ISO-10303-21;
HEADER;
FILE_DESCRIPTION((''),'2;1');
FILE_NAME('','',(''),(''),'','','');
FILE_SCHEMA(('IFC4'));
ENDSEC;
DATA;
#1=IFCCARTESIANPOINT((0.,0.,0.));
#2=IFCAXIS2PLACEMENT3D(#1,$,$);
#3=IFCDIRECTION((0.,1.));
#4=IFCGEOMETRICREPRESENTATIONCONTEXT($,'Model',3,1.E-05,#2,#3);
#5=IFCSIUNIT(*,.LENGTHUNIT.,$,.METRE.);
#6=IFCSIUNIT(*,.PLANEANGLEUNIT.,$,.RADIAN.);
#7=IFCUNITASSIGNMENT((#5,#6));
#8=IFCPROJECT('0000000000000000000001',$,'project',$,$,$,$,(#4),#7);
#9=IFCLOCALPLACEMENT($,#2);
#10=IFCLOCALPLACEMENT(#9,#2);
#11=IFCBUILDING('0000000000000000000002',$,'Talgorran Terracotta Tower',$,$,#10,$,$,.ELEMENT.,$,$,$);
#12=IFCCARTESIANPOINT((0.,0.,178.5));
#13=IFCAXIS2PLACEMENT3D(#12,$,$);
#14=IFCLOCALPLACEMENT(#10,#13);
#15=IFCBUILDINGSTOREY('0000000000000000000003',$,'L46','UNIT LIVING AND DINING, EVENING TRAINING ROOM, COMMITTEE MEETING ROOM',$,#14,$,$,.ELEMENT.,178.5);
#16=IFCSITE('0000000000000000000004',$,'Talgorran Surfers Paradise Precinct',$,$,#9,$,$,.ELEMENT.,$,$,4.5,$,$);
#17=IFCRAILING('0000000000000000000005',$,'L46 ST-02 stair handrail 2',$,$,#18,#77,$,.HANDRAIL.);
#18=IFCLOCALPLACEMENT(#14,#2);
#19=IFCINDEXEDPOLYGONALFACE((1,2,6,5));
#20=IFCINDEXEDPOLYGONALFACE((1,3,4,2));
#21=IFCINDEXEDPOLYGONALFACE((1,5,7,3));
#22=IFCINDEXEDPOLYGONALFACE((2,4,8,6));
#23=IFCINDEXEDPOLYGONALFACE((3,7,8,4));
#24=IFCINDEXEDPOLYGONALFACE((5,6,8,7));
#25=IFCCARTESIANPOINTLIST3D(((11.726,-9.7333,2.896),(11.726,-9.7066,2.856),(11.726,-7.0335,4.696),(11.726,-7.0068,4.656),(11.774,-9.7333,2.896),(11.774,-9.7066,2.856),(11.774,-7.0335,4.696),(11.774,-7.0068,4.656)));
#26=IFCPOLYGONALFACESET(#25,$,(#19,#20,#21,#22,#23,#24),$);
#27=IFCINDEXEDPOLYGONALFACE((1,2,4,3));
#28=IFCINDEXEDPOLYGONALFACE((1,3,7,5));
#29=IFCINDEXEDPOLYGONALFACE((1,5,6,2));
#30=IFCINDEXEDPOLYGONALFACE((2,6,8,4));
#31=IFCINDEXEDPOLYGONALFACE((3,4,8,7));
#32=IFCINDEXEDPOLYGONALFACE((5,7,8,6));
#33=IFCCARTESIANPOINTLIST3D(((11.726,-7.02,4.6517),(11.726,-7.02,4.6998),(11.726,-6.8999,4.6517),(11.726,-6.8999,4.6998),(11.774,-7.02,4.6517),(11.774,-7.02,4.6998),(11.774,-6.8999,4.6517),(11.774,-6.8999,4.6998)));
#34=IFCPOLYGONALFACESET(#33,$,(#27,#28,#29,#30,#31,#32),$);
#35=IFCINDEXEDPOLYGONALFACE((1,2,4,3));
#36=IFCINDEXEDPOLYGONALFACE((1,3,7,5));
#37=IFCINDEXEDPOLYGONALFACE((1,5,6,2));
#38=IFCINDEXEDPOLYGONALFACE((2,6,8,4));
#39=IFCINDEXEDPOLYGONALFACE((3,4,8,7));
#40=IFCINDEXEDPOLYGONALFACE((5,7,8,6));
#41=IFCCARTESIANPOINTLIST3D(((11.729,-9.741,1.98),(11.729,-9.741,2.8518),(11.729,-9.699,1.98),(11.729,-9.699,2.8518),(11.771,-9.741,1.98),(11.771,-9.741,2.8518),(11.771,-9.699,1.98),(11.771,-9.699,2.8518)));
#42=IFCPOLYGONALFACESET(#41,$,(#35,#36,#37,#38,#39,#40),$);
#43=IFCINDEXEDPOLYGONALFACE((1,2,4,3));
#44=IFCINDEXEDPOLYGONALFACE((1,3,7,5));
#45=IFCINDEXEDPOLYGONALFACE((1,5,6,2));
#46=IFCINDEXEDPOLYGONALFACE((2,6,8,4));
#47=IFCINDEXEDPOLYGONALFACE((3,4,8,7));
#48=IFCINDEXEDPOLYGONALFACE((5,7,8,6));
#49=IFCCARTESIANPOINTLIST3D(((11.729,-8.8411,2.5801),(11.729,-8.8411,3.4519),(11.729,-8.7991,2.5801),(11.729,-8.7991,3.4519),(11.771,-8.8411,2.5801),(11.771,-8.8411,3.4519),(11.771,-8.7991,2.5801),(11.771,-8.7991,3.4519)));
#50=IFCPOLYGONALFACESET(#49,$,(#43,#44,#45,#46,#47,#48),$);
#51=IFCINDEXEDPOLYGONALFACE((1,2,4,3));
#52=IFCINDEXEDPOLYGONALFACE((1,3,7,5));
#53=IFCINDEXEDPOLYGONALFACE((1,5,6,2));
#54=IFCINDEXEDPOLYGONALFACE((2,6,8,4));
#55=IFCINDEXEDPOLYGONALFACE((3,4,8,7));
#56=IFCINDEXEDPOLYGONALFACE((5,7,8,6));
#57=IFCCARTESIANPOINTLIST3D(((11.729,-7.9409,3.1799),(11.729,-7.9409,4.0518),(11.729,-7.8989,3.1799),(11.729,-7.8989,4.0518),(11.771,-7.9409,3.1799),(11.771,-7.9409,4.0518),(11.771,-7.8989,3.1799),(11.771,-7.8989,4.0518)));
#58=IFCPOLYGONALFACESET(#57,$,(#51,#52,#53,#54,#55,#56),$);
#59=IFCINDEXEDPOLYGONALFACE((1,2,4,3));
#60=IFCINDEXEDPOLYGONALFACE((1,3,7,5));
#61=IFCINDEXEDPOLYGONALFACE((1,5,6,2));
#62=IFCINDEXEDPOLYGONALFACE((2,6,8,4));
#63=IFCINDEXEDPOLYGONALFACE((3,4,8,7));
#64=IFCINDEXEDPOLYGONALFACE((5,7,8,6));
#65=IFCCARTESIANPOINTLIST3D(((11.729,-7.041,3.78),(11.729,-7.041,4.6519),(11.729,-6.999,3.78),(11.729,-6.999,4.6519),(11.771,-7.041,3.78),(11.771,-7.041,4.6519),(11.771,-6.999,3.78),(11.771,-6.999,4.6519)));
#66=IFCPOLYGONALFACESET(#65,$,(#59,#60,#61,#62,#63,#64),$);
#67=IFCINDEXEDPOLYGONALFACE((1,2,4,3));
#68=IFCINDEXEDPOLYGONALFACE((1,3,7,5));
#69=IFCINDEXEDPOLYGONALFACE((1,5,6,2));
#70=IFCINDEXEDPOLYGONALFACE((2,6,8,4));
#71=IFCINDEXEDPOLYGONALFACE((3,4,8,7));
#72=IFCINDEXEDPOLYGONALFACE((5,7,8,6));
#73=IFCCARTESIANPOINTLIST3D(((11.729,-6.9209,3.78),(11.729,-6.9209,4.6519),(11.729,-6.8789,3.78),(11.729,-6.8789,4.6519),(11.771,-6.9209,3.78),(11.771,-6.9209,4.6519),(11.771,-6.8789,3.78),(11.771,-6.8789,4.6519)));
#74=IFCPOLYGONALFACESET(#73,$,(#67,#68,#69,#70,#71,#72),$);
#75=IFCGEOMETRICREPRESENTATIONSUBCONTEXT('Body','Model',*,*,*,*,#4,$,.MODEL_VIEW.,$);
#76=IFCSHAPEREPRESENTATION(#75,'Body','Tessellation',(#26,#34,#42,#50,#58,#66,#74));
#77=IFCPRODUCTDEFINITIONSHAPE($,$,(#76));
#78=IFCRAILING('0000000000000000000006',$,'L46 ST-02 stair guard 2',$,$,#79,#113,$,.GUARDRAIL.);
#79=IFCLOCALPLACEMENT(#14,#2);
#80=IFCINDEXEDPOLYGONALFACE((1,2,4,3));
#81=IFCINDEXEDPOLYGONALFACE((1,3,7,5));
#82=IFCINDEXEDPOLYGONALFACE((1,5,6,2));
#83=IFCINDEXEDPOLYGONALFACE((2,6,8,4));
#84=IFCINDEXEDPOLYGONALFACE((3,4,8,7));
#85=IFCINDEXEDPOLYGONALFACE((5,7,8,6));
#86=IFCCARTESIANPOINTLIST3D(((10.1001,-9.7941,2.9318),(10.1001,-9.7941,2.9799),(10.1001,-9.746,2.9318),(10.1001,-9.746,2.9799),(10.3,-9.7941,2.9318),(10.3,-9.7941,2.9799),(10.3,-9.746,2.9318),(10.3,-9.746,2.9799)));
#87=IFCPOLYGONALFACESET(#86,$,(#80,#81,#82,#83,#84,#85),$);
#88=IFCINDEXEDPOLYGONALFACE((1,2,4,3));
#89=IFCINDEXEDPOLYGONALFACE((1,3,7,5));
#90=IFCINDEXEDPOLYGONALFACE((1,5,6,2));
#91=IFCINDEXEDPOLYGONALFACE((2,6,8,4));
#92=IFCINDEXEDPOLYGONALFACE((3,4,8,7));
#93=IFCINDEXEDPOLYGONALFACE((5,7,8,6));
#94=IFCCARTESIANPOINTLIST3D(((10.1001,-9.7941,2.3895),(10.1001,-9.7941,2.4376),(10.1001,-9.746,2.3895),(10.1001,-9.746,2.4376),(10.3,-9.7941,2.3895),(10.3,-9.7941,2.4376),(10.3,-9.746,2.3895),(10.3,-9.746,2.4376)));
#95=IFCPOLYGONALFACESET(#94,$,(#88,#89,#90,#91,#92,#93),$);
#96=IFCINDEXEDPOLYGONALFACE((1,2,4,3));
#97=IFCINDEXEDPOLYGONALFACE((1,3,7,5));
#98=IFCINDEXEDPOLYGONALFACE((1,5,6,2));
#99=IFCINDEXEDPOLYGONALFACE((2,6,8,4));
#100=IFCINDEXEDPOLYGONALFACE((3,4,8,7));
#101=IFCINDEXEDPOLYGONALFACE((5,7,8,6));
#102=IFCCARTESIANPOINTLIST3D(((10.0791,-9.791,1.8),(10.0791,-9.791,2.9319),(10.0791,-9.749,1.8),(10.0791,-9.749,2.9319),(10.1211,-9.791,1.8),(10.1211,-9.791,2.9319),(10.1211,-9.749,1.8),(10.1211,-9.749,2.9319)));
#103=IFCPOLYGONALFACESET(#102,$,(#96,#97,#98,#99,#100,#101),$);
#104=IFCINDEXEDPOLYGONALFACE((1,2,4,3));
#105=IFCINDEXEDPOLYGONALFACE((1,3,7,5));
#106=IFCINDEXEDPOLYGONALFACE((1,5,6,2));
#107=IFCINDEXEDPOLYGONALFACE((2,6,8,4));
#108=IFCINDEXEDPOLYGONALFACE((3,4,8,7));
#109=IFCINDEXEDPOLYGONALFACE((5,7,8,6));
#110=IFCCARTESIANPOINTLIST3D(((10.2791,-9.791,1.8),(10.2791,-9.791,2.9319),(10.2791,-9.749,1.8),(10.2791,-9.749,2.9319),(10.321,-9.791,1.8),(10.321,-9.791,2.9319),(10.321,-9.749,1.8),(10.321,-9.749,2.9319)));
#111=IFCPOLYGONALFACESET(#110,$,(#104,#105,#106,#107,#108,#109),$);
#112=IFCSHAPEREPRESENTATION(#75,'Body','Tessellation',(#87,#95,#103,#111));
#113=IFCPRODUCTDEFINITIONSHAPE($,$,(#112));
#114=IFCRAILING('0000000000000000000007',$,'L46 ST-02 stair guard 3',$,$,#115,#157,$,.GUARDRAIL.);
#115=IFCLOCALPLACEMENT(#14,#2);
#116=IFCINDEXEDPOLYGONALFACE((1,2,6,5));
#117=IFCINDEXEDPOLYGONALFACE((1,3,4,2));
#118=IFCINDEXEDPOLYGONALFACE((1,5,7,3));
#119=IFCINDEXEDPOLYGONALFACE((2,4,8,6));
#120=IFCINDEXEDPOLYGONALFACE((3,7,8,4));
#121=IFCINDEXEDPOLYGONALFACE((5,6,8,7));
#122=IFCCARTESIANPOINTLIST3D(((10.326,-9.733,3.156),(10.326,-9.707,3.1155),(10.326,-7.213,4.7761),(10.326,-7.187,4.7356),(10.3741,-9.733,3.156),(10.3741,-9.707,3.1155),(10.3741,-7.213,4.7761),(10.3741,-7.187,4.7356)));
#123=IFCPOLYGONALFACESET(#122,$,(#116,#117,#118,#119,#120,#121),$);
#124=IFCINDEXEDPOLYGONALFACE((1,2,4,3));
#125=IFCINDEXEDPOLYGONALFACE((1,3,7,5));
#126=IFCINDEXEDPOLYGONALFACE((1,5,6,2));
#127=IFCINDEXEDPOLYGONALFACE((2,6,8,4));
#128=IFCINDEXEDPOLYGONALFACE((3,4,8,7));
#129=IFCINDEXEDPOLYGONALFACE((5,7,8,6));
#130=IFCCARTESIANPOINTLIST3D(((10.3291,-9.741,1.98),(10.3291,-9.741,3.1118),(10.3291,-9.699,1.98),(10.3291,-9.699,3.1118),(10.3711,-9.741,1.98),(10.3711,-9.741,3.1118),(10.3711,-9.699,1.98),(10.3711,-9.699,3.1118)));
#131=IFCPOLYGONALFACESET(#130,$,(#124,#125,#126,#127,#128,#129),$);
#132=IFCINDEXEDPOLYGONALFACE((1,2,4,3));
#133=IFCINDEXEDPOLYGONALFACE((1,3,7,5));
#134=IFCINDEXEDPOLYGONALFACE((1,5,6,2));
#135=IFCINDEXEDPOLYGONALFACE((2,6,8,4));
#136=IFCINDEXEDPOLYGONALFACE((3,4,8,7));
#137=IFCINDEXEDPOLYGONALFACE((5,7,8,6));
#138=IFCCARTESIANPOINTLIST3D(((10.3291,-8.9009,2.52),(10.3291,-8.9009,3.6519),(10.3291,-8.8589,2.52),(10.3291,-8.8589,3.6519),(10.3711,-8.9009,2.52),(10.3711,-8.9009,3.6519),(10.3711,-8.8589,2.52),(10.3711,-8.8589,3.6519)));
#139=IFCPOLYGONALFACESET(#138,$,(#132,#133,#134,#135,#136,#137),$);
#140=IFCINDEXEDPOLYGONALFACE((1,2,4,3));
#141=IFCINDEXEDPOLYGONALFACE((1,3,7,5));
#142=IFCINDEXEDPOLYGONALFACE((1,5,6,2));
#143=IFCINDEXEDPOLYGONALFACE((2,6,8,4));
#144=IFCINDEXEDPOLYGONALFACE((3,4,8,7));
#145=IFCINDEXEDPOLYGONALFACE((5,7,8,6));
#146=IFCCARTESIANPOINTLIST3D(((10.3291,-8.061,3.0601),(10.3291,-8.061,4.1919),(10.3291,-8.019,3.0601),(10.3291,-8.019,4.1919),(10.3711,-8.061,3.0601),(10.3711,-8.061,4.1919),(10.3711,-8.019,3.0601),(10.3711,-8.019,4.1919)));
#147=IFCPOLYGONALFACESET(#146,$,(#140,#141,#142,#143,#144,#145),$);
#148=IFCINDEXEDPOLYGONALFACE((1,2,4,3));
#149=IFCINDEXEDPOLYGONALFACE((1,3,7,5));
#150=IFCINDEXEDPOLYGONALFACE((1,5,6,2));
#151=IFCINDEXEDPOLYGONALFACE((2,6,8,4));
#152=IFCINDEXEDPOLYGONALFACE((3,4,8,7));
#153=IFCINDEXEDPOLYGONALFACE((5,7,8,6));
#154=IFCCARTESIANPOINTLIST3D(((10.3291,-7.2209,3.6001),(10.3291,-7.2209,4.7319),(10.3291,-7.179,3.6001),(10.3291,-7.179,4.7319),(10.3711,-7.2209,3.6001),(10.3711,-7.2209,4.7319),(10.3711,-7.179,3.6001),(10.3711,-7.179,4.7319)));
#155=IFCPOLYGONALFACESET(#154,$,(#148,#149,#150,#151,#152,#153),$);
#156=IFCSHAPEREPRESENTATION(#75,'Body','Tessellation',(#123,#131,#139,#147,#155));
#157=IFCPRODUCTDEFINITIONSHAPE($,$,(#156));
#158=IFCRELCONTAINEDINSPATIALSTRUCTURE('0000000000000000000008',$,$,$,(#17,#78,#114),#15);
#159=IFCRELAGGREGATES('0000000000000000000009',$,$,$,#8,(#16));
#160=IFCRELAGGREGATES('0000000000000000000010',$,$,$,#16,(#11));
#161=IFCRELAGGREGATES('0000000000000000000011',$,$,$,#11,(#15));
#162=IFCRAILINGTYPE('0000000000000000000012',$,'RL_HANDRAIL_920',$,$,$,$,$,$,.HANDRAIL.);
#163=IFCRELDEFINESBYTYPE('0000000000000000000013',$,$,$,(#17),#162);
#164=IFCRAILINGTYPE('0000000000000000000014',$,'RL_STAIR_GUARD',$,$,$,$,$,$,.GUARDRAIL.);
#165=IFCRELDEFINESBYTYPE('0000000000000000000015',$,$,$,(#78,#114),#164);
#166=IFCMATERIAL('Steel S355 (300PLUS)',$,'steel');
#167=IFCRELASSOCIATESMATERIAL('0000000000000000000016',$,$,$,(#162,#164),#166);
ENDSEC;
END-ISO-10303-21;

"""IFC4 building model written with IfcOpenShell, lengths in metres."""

from ifc_helpers import new_model, si_unit, direction, frame, origin, origin_2d, place, context, subcontext, project, spatial, rectangle, extrude, material, type_object, element, save


model = new_model("IFC4")

# Units and contexts
model_context = context("Model", 3, precision=1e-05, world=origin(), true_north=direction((0.0, 1.0)))
body_context = subcontext(model_context, "Body", "Model", "MODEL_VIEW")
ifc_project = project(units=[si_unit("LENGTHUNIT", "METRE"), si_unit("PLANEANGLEUNIT", "RADIAN")], contexts=[model_context])

# Site, building, storey
site_placement = place(None, origin())
site = spatial("IfcSite", under=ifc_project, at=site_placement, Name="Talgorran Surfers Paradise Precinct", CompositionType="ELEMENT", RefElevation=4.5)
building_placement = place(site_placement, origin())
building = spatial("IfcBuilding", under=site, at=building_placement, Name="Talgorran Terracotta Tower", CompositionType="ELEMENT")
storey_placement = place(building_placement, frame((0.0, 0.0, 178.5)))
storey = spatial("IfcBuildingStorey", under=building, at=storey_placement, Name="L46", Description="UNIT LIVING AND DINING, EVENING TRAINING ROOM, COMMITTEE MEETING ROOM", CompositionType="ELEMENT", Elevation=178.5)

# Shared definitions
ifc_material_1 = material(Name="Steel S355 (300PLUS)", Category="steel")

# Railings
railing_type_1 = type_object("IfcRailingType", Name="RL_HANDRAIL_920", PredefinedType="HANDRAIL", material=ifc_material_1)
railing_1_placement = place(storey_placement, frame((11.75, -9.72, 1.98)))
element("IfcRailing", 1, at=railing_1_placement, inside=storey, type_object=railing_type_1, Name="L46 ST-02 stair handrail 2", PredefinedType="HANDRAIL", context=body_context, shape_type="SweptSolid", body=[
    extrude(rectangle(XDim=0.0481, YDim=0.0481, at=origin_2d()), frame((0.0, 0.0, 0.896), z_axis=(0.0, 0.832039, 0.554718), x_axis=(-1.0, 0.0, 0.0)), (0.0, 0.0, 1.0), 3.2449),
    extrude(rectangle(XDim=0.0481, YDim=0.0481, at=origin_2d()), frame((0.0, 2.7, 2.6958), z_axis=(0.0, 1.0, 0.0), x_axis=(-1.0, 0.0, 0.0)), (0.0, 0.0, 1.0), 0.1201),
    extrude(rectangle(XDim=0.042, YDim=0.042, at=origin_2d()), origin(), (0.0, 0.0, 1.0), 0.8718),
    extrude(rectangle(XDim=0.042, YDim=0.042, at=origin_2d()), frame((0.0, 0.8999, 0.6001)), (0.0, 0.0, 1.0), 0.8718),
    extrude(rectangle(XDim=0.042, YDim=0.042, at=origin_2d()), frame((0.0, 1.8, 1.2)), (0.0, 0.0, 1.0), 0.8718),
    extrude(rectangle(XDim=0.042, YDim=0.042, at=origin_2d()), frame((0.0, 2.7, 1.8)), (0.0, 0.0, 1.0), 0.8718),
    extrude(rectangle(XDim=0.042, YDim=0.042, at=origin_2d()), frame((0.0, 2.8201, 1.8)), (0.0, 0.0, 1.0), 0.8718),
])
railing_type_2 = type_object("IfcRailingType", Name="RL_STAIR_GUARD", PredefinedType="GUARDRAIL", material=ifc_material_1)
railing_2_placement = place(storey_placement, frame((10.1001, -9.77, 1.8)))
element("IfcRailing", 2, at=railing_2_placement, inside=storey, type_object=railing_type_2, Name="L46 ST-02 stair guard 2", PredefinedType="GUARDRAIL", context=body_context, shape_type="SweptSolid", body=[
    extrude(rectangle(XDim=0.0481, YDim=0.0481, at=origin_2d()), frame((0.0, 0.0, 1.1558), z_axis=(1.0, 0.0, 0.0), x_axis=(0.0, 1.0, 0.0)), (0.0, 0.0, 1.0), 0.2),
    extrude(rectangle(XDim=0.0481, YDim=0.0481, at=origin_2d()), frame((0.0, 0.0, 0.6135), z_axis=(1.0, 0.0, 0.0), x_axis=(0.0, 1.0, 0.0)), (0.0, 0.0, 1.0), 0.2),
    extrude(rectangle(XDim=0.042, YDim=0.042, at=origin_2d()), origin(), (0.0, 0.0, 1.0), 1.1318),
    extrude(rectangle(XDim=0.042, YDim=0.042, at=origin_2d()), frame((0.2, 0.0, 0.0)), (0.0, 0.0, 1.0), 1.1318),
])
railing_3_placement = place(storey_placement, frame((10.3501, -9.72, 1.98)))
element("IfcRailing", 3, at=railing_3_placement, inside=storey, type_object=railing_type_2, Name="L46 ST-02 stair guard 3", PredefinedType="GUARDRAIL", context=body_context, shape_type="SweptSolid", body=[
    extrude(rectangle(XDim=0.0481, YDim=0.0481, at=origin_2d()), frame((0.0, 0.0, 1.1558), z_axis=(0.0, 0.841163, 0.540782), x_axis=(-1.0, 0.0, 0.0)), (0.0, 0.0, 1.0), 2.9958),
    extrude(rectangle(XDim=0.042, YDim=0.042, at=origin_2d()), origin(), (0.0, 0.0, 1.0), 1.1318),
    extrude(rectangle(XDim=0.042, YDim=0.042, at=origin_2d()), frame((0.0, 0.8401, 0.54)), (0.0, 0.0, 1.0), 1.1318),
    extrude(rectangle(XDim=0.042, YDim=0.042, at=origin_2d()), frame((0.0, 1.6799, 1.0801)), (0.0, 0.0, 1.0), 1.1318),
    extrude(rectangle(XDim=0.042, YDim=0.042, at=origin_2d()), frame((0.0, 2.52, 1.6201)), (0.0, 0.0, 1.0), 1.1318),
])

save(model, "model.ifc")
